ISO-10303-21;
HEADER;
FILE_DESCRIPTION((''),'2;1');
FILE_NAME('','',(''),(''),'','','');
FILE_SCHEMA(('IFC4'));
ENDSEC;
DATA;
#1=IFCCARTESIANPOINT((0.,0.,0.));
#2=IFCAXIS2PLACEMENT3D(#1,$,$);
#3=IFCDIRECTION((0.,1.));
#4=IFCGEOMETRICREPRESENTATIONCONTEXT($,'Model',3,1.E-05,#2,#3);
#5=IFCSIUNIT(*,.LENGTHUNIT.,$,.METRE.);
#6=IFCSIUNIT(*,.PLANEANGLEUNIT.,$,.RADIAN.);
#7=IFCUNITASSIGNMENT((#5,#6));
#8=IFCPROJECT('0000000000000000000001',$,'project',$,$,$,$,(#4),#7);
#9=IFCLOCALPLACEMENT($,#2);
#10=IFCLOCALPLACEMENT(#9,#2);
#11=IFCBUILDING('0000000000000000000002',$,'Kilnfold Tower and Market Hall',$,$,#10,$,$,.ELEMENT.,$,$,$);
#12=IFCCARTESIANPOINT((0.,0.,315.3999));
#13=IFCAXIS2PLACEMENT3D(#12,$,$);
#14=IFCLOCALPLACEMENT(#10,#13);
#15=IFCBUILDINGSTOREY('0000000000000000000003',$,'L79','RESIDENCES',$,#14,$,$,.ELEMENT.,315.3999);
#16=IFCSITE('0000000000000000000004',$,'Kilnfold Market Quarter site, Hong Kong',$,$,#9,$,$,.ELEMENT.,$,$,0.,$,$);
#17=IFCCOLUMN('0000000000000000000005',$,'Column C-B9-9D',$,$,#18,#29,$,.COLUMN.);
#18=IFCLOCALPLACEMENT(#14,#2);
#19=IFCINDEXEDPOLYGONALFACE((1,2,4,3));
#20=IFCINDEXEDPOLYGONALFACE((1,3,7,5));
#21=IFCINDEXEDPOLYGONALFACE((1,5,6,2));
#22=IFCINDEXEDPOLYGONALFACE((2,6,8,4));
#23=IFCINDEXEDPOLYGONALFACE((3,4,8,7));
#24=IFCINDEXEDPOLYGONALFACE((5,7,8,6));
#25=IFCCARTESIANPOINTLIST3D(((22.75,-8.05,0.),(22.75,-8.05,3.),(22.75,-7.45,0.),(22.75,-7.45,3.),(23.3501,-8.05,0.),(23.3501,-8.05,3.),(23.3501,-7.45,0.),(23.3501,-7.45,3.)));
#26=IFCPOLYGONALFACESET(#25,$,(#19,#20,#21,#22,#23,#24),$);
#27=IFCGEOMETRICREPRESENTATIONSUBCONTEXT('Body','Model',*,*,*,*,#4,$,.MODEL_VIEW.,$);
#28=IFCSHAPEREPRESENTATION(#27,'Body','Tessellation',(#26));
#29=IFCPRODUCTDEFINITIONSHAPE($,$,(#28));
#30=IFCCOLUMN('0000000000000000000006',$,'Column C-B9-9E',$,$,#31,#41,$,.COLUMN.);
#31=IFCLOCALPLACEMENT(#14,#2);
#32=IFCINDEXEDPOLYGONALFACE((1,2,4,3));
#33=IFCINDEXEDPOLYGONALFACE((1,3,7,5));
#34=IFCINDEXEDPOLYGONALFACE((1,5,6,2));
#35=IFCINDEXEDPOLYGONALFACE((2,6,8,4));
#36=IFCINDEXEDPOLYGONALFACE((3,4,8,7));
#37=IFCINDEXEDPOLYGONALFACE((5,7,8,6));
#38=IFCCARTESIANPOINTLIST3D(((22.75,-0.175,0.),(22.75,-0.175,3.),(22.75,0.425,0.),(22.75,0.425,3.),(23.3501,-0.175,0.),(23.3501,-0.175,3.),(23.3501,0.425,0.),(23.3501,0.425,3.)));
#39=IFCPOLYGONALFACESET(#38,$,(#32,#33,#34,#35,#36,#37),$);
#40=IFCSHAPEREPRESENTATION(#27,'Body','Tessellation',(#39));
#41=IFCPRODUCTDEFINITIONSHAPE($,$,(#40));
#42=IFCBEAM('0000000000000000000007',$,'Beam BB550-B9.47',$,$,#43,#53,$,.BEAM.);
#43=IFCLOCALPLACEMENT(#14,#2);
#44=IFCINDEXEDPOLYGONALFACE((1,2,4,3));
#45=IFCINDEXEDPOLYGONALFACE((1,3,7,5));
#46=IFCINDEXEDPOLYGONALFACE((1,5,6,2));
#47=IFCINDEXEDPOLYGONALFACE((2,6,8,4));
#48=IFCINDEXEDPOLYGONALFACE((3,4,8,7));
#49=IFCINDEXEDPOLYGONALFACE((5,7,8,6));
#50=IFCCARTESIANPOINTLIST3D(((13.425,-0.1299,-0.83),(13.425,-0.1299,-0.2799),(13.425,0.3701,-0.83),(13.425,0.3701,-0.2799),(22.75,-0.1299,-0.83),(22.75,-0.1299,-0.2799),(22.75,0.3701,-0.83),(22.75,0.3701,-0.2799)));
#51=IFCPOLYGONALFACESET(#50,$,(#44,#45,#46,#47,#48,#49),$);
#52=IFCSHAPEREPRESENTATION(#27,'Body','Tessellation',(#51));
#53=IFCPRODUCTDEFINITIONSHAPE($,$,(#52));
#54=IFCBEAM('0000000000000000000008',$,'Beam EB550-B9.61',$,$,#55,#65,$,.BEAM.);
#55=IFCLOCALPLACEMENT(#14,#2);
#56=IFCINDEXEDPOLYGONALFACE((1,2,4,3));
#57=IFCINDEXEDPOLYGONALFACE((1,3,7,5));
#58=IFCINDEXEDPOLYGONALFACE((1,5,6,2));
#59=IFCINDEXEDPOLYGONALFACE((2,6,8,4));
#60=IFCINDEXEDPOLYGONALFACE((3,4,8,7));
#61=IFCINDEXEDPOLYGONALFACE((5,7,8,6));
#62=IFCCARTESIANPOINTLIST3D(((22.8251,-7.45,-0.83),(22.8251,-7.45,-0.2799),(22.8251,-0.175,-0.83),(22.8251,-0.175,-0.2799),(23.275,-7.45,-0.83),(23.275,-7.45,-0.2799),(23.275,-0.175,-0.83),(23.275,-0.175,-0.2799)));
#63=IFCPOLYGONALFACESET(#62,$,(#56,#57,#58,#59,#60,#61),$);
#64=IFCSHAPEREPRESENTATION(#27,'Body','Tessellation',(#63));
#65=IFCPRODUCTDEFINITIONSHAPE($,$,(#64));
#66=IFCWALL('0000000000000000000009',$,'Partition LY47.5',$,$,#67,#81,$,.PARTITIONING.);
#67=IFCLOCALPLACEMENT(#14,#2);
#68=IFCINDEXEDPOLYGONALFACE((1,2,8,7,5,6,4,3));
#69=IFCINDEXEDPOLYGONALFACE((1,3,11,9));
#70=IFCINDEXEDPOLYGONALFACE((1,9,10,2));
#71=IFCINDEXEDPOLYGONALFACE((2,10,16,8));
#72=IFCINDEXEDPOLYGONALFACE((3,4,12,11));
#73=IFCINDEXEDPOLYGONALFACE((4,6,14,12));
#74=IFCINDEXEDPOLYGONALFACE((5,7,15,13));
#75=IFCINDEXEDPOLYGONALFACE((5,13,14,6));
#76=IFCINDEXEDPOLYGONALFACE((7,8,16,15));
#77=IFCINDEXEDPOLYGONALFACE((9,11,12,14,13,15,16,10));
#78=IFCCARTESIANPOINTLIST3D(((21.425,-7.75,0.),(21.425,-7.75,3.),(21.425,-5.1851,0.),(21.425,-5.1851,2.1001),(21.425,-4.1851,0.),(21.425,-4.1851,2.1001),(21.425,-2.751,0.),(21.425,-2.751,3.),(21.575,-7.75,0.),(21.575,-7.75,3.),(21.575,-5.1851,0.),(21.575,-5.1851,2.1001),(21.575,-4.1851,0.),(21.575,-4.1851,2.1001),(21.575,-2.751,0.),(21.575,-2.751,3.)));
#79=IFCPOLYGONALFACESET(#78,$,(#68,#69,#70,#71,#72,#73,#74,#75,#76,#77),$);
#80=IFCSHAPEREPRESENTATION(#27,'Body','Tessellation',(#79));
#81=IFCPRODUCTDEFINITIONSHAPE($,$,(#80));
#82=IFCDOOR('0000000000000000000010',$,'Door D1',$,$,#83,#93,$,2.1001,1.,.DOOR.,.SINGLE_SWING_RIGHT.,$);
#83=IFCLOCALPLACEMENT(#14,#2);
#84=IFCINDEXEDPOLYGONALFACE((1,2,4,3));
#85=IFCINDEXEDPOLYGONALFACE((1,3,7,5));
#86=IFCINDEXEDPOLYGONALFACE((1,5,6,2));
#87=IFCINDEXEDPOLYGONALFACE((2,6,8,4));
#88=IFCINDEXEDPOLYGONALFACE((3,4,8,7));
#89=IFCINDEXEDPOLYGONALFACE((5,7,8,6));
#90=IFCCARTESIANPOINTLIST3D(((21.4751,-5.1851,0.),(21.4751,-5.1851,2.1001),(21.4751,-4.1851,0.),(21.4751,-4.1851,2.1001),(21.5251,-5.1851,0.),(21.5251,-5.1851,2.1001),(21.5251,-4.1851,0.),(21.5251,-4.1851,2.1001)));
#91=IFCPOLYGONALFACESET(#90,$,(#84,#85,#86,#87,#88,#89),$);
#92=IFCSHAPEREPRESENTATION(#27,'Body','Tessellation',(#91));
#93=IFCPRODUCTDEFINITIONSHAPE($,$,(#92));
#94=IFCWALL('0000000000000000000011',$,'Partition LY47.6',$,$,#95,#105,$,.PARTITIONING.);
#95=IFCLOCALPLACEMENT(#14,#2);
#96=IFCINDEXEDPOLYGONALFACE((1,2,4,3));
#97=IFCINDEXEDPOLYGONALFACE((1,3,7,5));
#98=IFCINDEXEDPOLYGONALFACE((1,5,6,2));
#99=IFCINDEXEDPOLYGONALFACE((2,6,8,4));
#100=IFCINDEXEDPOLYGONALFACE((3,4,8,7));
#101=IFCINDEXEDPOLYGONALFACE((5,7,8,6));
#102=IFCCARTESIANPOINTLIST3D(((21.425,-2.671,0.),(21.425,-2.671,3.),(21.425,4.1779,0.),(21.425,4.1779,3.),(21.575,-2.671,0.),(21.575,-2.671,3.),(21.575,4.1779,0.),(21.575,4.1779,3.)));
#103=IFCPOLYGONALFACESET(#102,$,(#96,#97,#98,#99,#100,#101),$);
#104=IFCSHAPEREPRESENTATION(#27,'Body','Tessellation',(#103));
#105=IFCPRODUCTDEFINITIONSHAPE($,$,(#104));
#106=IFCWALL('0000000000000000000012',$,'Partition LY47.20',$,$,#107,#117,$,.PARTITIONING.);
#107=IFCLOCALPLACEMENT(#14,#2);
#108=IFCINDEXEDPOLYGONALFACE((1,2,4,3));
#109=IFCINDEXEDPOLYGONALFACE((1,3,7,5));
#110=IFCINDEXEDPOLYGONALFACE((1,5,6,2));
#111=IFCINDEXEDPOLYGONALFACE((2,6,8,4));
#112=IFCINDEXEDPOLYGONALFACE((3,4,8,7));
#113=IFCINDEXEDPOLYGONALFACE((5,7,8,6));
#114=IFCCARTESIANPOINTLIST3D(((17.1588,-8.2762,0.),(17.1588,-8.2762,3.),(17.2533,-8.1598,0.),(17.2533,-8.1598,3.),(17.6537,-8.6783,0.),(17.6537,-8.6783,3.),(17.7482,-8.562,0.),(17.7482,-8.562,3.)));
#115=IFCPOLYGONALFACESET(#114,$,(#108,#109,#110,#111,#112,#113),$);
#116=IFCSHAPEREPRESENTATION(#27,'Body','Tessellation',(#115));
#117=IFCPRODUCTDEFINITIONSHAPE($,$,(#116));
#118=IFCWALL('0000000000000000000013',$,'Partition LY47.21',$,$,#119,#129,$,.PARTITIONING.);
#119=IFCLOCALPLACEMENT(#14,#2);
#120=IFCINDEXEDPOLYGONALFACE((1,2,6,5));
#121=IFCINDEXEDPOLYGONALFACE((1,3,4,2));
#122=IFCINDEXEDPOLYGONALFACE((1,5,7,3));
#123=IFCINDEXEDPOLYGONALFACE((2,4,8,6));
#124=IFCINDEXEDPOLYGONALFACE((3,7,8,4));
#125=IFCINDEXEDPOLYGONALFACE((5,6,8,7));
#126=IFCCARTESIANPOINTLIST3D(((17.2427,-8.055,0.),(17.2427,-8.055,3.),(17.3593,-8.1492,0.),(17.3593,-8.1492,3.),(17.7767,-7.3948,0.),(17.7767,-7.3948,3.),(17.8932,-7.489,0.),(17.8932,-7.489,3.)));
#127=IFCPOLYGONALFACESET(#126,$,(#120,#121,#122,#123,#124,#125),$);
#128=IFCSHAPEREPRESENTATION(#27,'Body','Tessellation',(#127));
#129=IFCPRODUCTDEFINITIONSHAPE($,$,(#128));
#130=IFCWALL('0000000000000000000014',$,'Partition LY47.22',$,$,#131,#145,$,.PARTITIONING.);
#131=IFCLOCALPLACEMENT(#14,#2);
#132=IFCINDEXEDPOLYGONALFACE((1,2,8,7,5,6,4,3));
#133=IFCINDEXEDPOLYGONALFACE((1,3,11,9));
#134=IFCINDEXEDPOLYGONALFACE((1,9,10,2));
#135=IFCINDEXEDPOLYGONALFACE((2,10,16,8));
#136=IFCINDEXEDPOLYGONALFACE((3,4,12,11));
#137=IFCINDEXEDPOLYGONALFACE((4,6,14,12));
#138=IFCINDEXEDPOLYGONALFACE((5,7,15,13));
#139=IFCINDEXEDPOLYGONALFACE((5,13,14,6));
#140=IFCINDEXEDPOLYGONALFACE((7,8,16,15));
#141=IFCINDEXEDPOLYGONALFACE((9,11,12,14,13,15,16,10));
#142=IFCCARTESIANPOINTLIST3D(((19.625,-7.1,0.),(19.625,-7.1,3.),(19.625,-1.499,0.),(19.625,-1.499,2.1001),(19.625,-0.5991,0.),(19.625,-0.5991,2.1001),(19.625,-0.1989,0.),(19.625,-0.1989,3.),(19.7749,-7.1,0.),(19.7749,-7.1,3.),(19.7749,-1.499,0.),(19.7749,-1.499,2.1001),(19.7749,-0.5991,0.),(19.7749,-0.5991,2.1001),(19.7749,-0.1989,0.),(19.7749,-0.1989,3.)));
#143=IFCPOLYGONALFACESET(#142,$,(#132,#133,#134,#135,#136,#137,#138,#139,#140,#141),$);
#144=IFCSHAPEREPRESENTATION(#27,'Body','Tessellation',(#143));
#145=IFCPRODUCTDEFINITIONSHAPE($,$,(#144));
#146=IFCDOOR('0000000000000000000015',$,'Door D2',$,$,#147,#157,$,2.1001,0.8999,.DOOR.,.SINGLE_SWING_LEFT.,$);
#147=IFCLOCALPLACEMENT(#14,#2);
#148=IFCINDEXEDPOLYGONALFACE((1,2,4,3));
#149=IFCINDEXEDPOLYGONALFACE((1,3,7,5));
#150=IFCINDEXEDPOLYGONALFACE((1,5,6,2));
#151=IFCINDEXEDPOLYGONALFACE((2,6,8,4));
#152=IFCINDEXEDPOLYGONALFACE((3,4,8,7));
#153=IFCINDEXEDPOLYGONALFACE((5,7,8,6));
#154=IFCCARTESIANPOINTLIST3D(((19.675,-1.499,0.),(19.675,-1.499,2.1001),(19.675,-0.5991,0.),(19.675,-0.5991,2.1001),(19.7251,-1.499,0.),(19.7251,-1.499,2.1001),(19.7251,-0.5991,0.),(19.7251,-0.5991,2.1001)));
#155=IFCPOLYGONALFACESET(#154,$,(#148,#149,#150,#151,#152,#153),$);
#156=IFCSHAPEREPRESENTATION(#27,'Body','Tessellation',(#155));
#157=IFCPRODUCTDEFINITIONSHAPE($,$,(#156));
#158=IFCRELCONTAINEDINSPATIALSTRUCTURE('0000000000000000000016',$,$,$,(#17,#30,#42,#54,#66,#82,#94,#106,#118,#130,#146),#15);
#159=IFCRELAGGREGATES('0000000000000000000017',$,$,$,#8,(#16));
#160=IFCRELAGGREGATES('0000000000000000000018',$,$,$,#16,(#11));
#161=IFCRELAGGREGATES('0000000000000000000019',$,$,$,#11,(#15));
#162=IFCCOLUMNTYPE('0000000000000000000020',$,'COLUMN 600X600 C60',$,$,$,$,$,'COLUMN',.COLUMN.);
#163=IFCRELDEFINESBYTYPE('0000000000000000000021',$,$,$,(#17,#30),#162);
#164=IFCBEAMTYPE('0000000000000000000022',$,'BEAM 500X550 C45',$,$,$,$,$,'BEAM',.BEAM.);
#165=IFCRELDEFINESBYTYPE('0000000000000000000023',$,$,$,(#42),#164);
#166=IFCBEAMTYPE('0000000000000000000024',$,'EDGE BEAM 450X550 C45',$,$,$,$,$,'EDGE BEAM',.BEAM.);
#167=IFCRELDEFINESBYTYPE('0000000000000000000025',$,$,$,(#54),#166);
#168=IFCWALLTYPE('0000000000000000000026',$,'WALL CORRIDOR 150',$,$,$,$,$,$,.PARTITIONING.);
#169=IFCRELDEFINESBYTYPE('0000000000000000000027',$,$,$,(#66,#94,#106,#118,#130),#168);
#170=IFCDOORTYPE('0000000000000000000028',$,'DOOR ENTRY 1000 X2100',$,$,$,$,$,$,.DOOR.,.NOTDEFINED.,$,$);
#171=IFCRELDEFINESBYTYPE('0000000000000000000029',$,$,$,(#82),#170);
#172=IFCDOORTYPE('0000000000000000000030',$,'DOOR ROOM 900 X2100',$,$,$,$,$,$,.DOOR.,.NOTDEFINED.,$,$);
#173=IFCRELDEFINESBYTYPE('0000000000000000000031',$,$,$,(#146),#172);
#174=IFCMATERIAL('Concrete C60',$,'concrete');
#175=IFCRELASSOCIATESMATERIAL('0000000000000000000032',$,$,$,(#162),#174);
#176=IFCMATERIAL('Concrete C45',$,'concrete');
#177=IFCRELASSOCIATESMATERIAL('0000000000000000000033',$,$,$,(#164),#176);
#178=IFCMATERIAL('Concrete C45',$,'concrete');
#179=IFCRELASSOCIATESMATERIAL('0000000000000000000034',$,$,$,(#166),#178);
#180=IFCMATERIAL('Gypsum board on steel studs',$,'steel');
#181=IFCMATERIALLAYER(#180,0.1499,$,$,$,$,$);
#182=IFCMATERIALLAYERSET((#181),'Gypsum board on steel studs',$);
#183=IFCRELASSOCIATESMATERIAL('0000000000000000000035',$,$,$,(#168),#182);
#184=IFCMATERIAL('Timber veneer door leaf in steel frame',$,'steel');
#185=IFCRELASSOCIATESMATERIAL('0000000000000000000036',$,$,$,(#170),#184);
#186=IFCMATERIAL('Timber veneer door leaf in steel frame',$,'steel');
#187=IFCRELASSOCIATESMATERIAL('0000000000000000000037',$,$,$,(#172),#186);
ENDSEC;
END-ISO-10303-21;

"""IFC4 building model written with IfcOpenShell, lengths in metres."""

from ifc_helpers import new_model, si_unit, direction, frame, frame_2d, origin, origin_2d, place, context, subcontext, project, spatial, rectangle, extrude, source, transform, mapped, material, layer, layer_set, material_profile, profile_set, type_object, element, fill, save


model = new_model("IFC4")

# Units and contexts
model_context = context("Model", 3, precision=1e-05, world=origin(), true_north=direction((0.0, 1.0)))
body_context = subcontext(model_context, "Body", "Model", "MODEL_VIEW")
ifc_project = project(units=[si_unit("LENGTHUNIT", "METRE"), si_unit("PLANEANGLEUNIT", "RADIAN")], contexts=[model_context])

# Site, building, storey
site_placement = place(None, origin())
site = spatial("IfcSite", under=ifc_project, at=site_placement, Name="Kilnfold Market Quarter site, Hong Kong", CompositionType="ELEMENT", RefElevation=0.0)
building_placement = place(site_placement, origin())
building = spatial("IfcBuilding", under=site, at=building_placement, Name="Kilnfold Tower and Market Hall", CompositionType="ELEMENT")
storey_placement = place(building_placement, frame((0.0, 0.0, 315.3999)))
storey = spatial("IfcBuildingStorey", under=building, at=storey_placement, Name="L79", Description="RESIDENCES", CompositionType="ELEMENT", Elevation=315.3999)

# Columns
ifc_material_1 = material(Name="Concrete C60", Category="concrete")
ifc_material_profile_1 = material_profile(ifc_material_1, rectangle(XDim=0.6001, YDim=0.6001, at=origin_2d()), Name="RC 600x600")
ifc_profile_set_1 = profile_set([ifc_material_profile_1], Name="Concrete C60")
column_type = type_object("IfcColumnType", Name="COLUMN 600X600 C60", ElementType="COLUMN", PredefinedType="COLUMN", material=ifc_profile_set_1)
shared_shape_1 = source(origin(), body_context, "Body", "SweptSolid", [
    extrude(rectangle(XDim=0.6001, YDim=0.6001, at=origin_2d()), origin(), (0.0, 0.0, 1.0), 3.0),
])
for number, where, z_axis, x_axis, name in (
    (1, (23.05, -7.75, 0.0), (0.0, 0.0, 1.0), (1.0, 0.0, 0.0), "Column C-B9-9D"),
    (2, (23.05, 0.125, 0.0), (0.0, 0.0, 1.0), (1.0, 0.0, 0.0), "Column C-B9-9E"),
):
    element("IfcColumn", number, at=place(storey_placement, frame(where, z_axis=z_axis, x_axis=x_axis)), inside=storey, type_object=column_type, Name=name, PredefinedType="COLUMN", context=body_context, shape_type="MappedRepresentation", body=[
        mapped(shared_shape_1, transform((0.0, 0.0, 0.0))),
    ])

# Beams
ifc_material_2 = material(Name="Concrete C45", Category="concrete")
ifc_material_profile_2 = material_profile(ifc_material_2, rectangle(XDim=0.5, YDim=0.55, at=origin_2d()), Name="RC 500x550")
ifc_profile_set_2 = profile_set([ifc_material_profile_2], Name="Concrete C45")
beam_type_1 = type_object("IfcBeamType", Name="BEAM 500X550 C45", ElementType="BEAM", PredefinedType="BEAM", material=ifc_profile_set_2)
shared_shape_2 = source(origin(), body_context, "Body", "SweptSolid", [
    extrude(rectangle(XDim=0.5, YDim=0.55, at=origin_2d()), origin(), (0.0, 0.0, 1.0), 9.325),
])
beam_1_placement = place(storey_placement, frame((13.425, 0.1201, -0.5549), z_axis=(1.0, 0.0, 0.0), x_axis=(0.0, 1.0, 0.0)))
element("IfcBeam", 3, at=beam_1_placement, inside=storey, type_object=beam_type_1, Name="Beam BB550-B9.47", PredefinedType="BEAM", context=body_context, shape_type="MappedRepresentation", body=[
    mapped(shared_shape_2, transform((0.0, 0.0, 0.0))),
])
ifc_material_3 = material(Name="Concrete C45", Category="concrete")
ifc_material_profile_3 = material_profile(ifc_material_3, rectangle(XDim=0.45, YDim=0.55, at=origin_2d()), Name="RC 450x550")
ifc_profile_set_3 = profile_set([ifc_material_profile_3], Name="Concrete C45")
beam_type_2 = type_object("IfcBeamType", Name="EDGE BEAM 450X550 C45", ElementType="EDGE BEAM", PredefinedType="BEAM", material=ifc_profile_set_3)
shared_shape_3 = source(origin(), body_context, "Body", "SweptSolid", [
    extrude(rectangle(XDim=0.45, YDim=0.55, at=origin_2d()), origin(), (0.0, 0.0, 1.0), 7.2749),
])
beam_2_placement = place(storey_placement, frame((23.05, -7.45, -0.5549), z_axis=(0.0, 1.0, 0.0), x_axis=(-1.0, 0.0, 0.0)))
element("IfcBeam", 4, at=beam_2_placement, inside=storey, type_object=beam_type_2, Name="Beam EB550-B9.61", PredefinedType="BEAM", context=body_context, shape_type="MappedRepresentation", body=[
    mapped(shared_shape_3, transform((0.0, 0.0, 0.0))),
])

# Wall, opening, door
ifc_material_4 = material(Name="Gypsum board on steel studs", Category="steel")
ifc_layer_1 = layer(ifc_material_4, 0.1499)
ifc_layer_set_1 = layer_set([ifc_layer_1], Name="Gypsum board on steel studs")
wall_type_1 = type_object("IfcWallType", Name="WALL CORRIDOR 150", PredefinedType="PARTITIONING", material=ifc_layer_set_1)
wall_1_placement = place(storey_placement, frame((21.5, -7.75, 0.0), z_axis=(0.0, 0.0, 1.0), x_axis=(0.0, 1.0, 0.0)))
wall_1 = element("IfcWall", 5, at=wall_1_placement, inside=storey, type_object=wall_type_1, Name="Partition LY47.5", PredefinedType="PARTITIONING", context=body_context, shape_type="SweptSolid", body=[
    extrude(rectangle(XDim=4.999, YDim=0.1499, at=frame_2d((2.4995, 0.0))), origin(), (0.0, 0.0, 1.0), 3.0),
])
opening_1_placement = place(wall_1_placement, frame((2.5649, 0.0, 0.0)))
opening_1 = element("IfcOpeningElement", 6, at=opening_1_placement, cuts=wall_1, PredefinedType="OPENING", context=body_context, shape_type="SweptSolid", body=[
    extrude(rectangle(XDim=1.0, YDim=2.1001, at=frame_2d((0.5, 1.05))), frame((0.0, 0.085, 0.0), z_axis=(0.0, -1.0, 0.0), x_axis=(1.0, 0.0, 0.0)), (0.0, 0.0, 1.0), 0.1699),
])
ifc_material_5 = material(Name="Timber veneer door leaf in steel frame", Category="steel")
door_type_1 = type_object("IfcDoorType", Name="DOOR ENTRY 1000 X2100", OperationType="NOTDEFINED", PredefinedType="DOOR", material=ifc_material_5)
door_1_placement = place(opening_1_placement, origin())
door_1 = element("IfcDoor", 7, at=door_1_placement, inside=storey, type_object=door_type_1, Name="Door D1", OperationType="SINGLE_SWING_RIGHT", OverallHeight=2.1001, OverallWidth=1.0, PredefinedType="DOOR", context=body_context, shape_type="SweptSolid", body=[
    extrude(rectangle(XDim=1.0, YDim=2.1001, at=frame_2d((0.5, 1.05))), frame((0.0, 0.0249, 0.0), z_axis=(0.0, -1.0, 0.0), x_axis=(1.0, 0.0, 0.0)), (0.0, 0.0, 1.0), 0.05),
])
fill(opening_1, door_1)

# Walls
wall_2_placement = place(storey_placement, frame((21.5, -2.6709, 0.0), z_axis=(0.0, 0.0, 1.0), x_axis=(0.0, 1.0, 0.0)))
element("IfcWall", 8, at=wall_2_placement, inside=storey, type_object=wall_type_1, Name="Partition LY47.6", PredefinedType="PARTITIONING", context=body_context, shape_type="SweptSolid", body=[
    extrude(rectangle(XDim=6.8489, YDim=0.1499, at=frame_2d((3.4243, 0.0))), origin(), (0.0, 0.0, 1.0), 3.0),
])
wall_3_placement = place(storey_placement, frame((17.2061, -8.218, 0.0), z_axis=(0.0, 0.0, 1.0), x_axis=(0.776102, -0.630607, 0.0)))
element("IfcWall", 9, at=wall_3_placement, inside=storey, type_object=wall_type_1, Name="Partition LY47.20", PredefinedType="PARTITIONING", context=body_context, shape_type="SweptSolid", body=[
    extrude(rectangle(XDim=0.6377, YDim=0.1499, at=frame_2d((0.3188, 0.0))), origin(), (0.0, 0.0, 1.0), 3.0),
])
wall_4_placement = place(storey_placement, frame((17.835, -7.4419, 0.0), z_axis=(0.0, 0.0, 1.0), x_axis=(-0.628859, -0.777519, 0.0)))
element("IfcWall", 10, at=wall_4_placement, inside=storey, type_object=wall_type_1, Name="Partition LY47.21", PredefinedType="PARTITIONING", context=body_context, shape_type="SweptSolid", body=[
    extrude(rectangle(XDim=0.8491, YDim=0.1499, at=frame_2d((0.4246, 0.0))), origin(), (0.0, 0.0, 1.0), 3.0),
])

# Wall, opening, door
wall_5_placement = place(storey_placement, frame((19.7, -7.1001, 0.0), z_axis=(0.0, 0.0, 1.0), x_axis=(0.0, 1.0, 0.0)))
wall_5 = element("IfcWall", 11, at=wall_5_placement, inside=storey, type_object=wall_type_1, Name="Partition LY47.22", PredefinedType="PARTITIONING", context=body_context, shape_type="SweptSolid", body=[
    extrude(rectangle(XDim=6.9011, YDim=0.1499, at=frame_2d((3.4507, 0.0))), origin(), (0.0, 0.0, 1.0), 3.0),
])
opening_2_placement = place(wall_5_placement, frame((5.6011, 0.0, 0.0)))
opening_2 = element("IfcOpeningElement", 12, at=opening_2_placement, cuts=wall_5, PredefinedType="OPENING", context=body_context, shape_type="SweptSolid", body=[
    extrude(rectangle(XDim=0.8999, YDim=2.1001, at=frame_2d((0.45, 1.05))), frame((0.0, 0.085, 0.0), z_axis=(0.0, -1.0, 0.0), x_axis=(1.0, 0.0, 0.0)), (0.0, 0.0, 1.0), 0.1699),
])
ifc_material_6 = material(Name="Timber veneer door leaf in steel frame", Category="steel")
door_type_2 = type_object("IfcDoorType", Name="DOOR ROOM 900 X2100", OperationType="NOTDEFINED", PredefinedType="DOOR", material=ifc_material_6)
door_2_placement = place(opening_2_placement, origin())
door_2 = element("IfcDoor", 13, at=door_2_placement, inside=storey, type_object=door_type_2, Name="Door D2", OperationType="SINGLE_SWING_LEFT", OverallHeight=2.1001, OverallWidth=0.8999, PredefinedType="DOOR", context=body_context, shape_type="SweptSolid", body=[
    extrude(rectangle(XDim=0.8999, YDim=2.1001, at=frame_2d((0.45, 1.05))), frame((0.0, 0.0249, 0.0), z_axis=(0.0, -1.0, 0.0), x_axis=(1.0, 0.0, 0.0)), (0.0, 0.0, 1.0), 0.05),
])
fill(opening_2, door_2)

save(model, "model.ifc")
